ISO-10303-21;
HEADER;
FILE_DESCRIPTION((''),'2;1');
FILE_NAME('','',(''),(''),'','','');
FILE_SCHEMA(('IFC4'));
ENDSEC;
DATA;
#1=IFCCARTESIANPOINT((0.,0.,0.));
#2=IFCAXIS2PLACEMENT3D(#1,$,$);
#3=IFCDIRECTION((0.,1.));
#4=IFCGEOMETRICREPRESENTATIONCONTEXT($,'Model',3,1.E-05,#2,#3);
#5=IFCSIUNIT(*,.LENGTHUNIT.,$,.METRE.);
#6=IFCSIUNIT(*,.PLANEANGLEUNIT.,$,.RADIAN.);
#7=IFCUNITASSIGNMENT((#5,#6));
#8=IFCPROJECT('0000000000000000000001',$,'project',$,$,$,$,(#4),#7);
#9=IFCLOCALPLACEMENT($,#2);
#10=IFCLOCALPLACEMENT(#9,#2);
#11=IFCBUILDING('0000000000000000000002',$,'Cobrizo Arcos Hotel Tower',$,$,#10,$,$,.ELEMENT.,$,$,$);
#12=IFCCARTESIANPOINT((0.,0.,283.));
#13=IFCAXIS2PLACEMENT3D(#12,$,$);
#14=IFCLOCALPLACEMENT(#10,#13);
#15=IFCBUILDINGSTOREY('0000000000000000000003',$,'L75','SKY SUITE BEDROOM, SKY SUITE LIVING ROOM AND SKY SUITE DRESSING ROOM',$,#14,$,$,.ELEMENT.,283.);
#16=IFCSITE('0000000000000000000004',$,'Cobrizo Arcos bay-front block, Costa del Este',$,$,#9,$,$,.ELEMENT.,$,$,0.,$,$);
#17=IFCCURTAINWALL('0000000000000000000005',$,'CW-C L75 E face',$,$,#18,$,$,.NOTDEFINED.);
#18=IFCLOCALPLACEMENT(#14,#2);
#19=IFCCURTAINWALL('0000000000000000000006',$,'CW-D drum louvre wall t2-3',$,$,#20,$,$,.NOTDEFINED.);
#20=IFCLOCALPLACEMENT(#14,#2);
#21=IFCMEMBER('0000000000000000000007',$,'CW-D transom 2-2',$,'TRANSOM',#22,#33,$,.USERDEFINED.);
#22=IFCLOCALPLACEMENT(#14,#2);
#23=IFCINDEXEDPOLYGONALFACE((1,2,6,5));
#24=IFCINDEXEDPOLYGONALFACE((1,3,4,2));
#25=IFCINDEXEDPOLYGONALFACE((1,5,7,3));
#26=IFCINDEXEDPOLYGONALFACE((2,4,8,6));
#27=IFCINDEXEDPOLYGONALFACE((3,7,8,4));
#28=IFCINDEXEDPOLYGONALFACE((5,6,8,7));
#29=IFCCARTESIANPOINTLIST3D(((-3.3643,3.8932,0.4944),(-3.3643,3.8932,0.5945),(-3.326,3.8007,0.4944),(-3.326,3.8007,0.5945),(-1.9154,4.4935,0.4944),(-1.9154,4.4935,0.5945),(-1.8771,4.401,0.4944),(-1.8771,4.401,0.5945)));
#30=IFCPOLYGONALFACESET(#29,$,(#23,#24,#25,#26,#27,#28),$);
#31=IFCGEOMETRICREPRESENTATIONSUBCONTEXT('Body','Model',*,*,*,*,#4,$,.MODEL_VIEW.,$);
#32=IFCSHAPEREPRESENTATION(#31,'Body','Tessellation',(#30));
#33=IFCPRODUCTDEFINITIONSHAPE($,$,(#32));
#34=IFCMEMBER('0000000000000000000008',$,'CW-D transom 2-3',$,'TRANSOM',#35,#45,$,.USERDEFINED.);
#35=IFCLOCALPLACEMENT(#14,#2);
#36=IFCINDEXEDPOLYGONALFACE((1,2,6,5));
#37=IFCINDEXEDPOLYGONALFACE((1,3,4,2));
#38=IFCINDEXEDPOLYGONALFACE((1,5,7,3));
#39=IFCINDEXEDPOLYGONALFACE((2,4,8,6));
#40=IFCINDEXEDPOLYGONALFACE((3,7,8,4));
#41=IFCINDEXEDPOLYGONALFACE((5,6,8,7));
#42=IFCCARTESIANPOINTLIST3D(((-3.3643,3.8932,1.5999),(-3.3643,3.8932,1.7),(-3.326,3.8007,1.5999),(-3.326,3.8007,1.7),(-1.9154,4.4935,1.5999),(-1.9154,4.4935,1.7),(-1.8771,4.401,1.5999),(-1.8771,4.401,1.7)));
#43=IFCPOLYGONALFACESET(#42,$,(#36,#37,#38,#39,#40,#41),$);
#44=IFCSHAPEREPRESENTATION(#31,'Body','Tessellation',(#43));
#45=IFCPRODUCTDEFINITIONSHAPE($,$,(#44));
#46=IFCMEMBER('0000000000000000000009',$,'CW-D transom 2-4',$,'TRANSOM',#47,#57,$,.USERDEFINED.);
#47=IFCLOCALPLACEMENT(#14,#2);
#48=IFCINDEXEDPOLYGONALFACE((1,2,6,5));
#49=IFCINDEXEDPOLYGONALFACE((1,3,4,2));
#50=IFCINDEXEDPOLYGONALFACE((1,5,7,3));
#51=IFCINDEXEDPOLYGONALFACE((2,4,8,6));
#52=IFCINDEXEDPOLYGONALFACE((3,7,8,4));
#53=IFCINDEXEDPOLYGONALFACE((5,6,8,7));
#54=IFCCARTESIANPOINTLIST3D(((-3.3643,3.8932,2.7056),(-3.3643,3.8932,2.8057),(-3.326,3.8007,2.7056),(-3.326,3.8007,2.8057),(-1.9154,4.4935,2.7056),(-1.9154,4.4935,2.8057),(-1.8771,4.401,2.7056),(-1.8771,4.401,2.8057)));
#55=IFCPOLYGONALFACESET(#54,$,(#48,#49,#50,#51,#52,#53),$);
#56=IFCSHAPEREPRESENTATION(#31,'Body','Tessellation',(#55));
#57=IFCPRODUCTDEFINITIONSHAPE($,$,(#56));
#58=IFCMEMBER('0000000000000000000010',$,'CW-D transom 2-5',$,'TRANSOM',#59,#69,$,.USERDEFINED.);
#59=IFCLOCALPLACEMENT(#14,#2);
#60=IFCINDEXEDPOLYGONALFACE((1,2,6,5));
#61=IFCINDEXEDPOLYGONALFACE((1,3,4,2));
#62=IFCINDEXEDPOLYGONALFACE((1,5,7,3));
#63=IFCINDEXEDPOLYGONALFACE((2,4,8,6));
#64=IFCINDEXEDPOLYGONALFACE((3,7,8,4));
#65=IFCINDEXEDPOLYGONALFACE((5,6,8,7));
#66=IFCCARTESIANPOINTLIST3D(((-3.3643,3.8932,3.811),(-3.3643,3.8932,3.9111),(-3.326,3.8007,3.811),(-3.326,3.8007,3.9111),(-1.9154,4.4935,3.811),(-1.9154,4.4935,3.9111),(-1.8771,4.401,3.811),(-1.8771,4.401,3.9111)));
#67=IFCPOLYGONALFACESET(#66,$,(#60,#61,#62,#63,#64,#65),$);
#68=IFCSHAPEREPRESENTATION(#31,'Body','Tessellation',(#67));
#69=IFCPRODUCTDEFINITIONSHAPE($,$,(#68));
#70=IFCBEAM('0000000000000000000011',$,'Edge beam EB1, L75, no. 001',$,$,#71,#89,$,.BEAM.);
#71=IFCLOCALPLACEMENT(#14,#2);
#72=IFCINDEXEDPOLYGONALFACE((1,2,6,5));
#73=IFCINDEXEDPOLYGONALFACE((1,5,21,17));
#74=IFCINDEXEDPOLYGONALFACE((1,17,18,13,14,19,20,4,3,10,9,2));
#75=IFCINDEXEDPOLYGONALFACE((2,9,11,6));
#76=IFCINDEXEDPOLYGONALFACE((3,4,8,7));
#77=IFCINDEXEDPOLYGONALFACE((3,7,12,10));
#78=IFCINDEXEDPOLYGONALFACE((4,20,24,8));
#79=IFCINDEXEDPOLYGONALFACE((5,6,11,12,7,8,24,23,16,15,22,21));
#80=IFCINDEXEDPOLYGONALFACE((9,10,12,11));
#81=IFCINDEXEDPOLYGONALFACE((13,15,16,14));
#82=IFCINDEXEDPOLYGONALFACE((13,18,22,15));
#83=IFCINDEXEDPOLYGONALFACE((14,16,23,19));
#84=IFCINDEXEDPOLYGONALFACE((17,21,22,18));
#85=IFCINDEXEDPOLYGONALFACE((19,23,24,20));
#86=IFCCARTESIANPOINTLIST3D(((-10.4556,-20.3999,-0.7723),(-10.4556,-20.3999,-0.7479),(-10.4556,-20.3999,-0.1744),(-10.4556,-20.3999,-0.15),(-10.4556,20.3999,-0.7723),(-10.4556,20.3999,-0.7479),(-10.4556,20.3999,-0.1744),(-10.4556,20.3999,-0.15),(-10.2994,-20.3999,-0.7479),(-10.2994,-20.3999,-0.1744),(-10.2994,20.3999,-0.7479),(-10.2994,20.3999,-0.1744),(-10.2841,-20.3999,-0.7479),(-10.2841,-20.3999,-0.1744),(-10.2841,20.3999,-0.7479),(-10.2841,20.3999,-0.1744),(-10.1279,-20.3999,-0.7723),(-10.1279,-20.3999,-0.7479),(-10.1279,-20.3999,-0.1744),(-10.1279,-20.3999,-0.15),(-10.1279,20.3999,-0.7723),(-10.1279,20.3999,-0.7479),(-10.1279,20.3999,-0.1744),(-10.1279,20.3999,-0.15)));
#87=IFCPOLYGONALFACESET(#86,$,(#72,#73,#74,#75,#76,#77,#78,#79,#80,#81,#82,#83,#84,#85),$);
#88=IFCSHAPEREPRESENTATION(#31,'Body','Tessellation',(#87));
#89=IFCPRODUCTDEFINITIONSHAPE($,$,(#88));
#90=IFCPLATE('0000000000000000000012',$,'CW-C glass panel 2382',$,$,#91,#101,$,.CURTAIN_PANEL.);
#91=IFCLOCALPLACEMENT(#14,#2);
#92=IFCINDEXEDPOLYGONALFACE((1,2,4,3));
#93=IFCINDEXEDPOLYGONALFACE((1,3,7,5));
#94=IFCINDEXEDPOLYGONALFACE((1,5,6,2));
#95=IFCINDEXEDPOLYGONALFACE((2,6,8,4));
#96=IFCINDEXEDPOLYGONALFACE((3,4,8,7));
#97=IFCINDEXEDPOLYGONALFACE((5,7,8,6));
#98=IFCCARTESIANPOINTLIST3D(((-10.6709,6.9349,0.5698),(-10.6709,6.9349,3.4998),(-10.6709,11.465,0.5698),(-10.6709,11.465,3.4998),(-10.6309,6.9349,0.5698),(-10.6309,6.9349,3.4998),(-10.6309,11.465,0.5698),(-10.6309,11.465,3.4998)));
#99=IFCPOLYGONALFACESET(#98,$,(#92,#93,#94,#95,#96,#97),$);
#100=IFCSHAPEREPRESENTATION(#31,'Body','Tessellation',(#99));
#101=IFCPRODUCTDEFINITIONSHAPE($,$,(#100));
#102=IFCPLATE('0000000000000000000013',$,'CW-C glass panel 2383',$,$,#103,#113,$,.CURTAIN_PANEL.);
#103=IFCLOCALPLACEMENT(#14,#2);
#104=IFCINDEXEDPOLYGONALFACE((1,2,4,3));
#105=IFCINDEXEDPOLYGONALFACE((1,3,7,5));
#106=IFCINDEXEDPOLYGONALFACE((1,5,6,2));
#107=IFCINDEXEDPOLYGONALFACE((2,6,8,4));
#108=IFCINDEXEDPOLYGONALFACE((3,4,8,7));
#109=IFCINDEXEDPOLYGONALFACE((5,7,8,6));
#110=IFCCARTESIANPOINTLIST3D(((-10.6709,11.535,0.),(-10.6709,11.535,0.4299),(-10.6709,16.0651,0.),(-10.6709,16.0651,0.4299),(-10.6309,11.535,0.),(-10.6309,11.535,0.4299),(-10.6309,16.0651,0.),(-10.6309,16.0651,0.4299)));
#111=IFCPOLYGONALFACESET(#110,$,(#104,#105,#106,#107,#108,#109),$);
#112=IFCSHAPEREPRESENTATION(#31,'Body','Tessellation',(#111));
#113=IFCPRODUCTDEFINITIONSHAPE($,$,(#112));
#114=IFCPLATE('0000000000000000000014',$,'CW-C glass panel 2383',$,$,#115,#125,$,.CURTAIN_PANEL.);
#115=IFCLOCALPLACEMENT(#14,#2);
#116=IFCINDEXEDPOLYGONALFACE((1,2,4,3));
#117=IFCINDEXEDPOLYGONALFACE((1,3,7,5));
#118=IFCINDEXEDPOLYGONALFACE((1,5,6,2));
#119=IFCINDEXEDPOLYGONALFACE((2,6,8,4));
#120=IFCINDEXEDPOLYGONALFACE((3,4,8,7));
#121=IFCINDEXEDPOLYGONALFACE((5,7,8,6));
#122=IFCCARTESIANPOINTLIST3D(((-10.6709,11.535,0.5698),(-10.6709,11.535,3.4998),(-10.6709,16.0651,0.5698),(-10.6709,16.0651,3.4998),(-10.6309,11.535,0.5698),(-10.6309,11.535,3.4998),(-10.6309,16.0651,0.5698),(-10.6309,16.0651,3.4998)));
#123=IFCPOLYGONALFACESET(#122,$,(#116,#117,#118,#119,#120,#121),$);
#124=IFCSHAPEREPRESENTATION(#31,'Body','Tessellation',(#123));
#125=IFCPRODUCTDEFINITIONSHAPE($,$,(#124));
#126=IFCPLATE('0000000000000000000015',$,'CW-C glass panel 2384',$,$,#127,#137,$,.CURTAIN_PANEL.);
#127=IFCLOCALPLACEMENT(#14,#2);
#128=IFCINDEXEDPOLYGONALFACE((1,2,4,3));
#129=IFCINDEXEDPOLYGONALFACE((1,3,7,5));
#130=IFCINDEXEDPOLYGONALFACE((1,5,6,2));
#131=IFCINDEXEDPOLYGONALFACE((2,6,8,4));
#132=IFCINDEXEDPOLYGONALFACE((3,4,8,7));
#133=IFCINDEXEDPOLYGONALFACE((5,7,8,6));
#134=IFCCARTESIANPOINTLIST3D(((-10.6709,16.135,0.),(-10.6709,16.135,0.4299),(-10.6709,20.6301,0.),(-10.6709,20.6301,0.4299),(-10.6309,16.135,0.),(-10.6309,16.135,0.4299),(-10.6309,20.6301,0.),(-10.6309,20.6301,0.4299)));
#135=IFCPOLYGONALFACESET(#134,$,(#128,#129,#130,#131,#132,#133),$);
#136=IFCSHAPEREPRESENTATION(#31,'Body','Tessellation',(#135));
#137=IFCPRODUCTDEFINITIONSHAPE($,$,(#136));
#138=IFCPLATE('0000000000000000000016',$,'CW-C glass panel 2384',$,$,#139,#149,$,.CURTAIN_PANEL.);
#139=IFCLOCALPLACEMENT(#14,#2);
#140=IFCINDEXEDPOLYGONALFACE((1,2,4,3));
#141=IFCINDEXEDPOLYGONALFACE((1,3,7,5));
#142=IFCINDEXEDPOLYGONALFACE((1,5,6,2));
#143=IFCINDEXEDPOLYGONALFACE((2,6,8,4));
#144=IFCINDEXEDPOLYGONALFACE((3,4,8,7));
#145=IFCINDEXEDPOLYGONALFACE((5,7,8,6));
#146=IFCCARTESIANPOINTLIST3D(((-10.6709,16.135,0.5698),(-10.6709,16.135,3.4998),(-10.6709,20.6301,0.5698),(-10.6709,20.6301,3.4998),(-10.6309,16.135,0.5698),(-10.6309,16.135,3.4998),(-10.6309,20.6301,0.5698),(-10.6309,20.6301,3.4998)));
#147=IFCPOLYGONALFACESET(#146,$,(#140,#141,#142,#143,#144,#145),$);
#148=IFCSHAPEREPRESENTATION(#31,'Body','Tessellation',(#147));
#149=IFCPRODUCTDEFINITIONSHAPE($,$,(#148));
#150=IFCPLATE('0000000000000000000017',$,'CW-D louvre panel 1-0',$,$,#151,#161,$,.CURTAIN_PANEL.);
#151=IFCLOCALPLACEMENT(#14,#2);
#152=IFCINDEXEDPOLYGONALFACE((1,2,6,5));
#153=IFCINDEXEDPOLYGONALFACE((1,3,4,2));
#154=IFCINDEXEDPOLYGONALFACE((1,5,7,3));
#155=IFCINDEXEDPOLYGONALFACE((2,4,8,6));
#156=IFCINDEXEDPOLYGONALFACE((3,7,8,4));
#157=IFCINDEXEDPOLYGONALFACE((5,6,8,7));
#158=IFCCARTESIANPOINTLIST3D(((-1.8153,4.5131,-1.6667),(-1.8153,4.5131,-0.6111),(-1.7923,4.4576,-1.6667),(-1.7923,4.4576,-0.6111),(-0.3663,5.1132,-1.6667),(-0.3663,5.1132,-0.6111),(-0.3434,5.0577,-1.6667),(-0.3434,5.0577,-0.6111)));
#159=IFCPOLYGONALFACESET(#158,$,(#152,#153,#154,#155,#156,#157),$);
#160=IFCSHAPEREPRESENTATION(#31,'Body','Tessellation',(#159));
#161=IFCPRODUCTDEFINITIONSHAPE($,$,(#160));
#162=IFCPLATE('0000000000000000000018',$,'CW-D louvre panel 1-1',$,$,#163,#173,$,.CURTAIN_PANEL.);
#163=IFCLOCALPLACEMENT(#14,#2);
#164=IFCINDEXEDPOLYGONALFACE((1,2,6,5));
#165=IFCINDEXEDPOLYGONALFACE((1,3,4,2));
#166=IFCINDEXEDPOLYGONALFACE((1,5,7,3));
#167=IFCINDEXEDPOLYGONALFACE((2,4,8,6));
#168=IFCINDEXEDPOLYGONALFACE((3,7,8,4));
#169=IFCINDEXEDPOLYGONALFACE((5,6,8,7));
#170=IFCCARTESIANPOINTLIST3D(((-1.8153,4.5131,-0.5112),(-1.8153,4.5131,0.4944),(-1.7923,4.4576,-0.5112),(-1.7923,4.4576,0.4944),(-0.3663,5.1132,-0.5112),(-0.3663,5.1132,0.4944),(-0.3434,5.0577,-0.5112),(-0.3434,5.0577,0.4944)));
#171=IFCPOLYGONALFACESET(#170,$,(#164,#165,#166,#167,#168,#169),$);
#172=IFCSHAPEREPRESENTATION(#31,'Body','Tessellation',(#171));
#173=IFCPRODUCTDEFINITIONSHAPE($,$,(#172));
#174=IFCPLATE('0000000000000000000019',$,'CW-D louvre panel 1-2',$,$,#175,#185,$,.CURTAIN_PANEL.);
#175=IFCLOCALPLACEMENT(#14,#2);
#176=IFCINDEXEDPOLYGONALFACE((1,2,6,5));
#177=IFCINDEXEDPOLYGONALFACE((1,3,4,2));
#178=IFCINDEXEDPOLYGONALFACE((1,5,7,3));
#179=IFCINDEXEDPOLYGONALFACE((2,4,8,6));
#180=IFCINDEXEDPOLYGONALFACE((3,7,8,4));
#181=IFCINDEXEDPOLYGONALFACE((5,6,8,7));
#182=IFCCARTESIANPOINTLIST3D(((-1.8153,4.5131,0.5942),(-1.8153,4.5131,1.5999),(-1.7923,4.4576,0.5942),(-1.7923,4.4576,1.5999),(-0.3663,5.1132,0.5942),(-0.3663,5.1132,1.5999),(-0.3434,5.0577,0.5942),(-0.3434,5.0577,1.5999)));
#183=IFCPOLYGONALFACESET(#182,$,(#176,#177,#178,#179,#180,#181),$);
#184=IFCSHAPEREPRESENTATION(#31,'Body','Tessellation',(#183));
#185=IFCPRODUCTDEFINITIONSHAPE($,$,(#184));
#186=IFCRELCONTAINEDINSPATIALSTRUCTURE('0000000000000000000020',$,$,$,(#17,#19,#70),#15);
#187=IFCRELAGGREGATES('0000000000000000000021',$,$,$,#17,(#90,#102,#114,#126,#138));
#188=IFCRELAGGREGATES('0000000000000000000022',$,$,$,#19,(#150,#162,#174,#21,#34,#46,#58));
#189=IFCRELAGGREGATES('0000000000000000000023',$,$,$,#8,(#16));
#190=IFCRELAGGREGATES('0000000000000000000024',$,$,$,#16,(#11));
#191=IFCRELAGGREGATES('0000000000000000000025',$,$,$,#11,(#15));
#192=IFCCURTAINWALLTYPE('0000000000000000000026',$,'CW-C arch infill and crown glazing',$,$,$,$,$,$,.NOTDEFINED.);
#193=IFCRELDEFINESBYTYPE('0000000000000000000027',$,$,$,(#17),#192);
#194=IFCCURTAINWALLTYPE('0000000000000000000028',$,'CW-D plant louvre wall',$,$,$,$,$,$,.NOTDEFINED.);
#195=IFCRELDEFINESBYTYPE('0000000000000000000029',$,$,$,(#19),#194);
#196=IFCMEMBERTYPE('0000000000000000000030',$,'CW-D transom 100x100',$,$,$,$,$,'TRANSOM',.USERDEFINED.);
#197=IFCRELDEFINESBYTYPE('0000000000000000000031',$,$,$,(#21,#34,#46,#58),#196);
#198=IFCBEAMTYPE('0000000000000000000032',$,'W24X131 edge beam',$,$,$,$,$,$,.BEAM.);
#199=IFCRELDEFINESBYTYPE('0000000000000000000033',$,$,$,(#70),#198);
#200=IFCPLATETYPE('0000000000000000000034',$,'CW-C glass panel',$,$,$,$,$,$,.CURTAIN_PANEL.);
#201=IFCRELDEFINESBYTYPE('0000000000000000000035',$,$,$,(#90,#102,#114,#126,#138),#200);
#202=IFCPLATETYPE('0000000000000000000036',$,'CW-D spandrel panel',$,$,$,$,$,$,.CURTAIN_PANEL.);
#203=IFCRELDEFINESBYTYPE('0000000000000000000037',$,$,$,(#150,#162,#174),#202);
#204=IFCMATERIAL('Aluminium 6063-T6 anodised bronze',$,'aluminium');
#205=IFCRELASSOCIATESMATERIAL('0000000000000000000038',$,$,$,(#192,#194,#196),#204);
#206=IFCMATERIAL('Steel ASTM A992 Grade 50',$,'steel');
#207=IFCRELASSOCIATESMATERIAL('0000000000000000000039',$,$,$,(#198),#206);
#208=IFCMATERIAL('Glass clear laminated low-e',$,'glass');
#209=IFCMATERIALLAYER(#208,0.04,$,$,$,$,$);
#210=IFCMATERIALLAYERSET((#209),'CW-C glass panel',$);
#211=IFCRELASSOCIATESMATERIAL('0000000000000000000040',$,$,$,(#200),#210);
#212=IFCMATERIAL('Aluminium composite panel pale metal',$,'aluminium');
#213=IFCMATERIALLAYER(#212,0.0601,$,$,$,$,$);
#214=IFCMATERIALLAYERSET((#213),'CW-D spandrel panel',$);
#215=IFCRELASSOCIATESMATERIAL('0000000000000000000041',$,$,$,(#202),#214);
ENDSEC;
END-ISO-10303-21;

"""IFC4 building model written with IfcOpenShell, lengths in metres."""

from ifc_helpers import new_model, si_unit, direction, frame, origin, origin_2d, place, context, subcontext, project, spatial, rectangle, i_section, extrude, material, layer, layer_set, material_profile, profile_set, type_object, element, aggregate, save


model = new_model("IFC4")

# Units and contexts
model_context = context("Model", 3, precision=1e-05, world=origin(), true_north=direction((0.0, 1.0)))
body_context = subcontext(model_context, "Body", "Model", "MODEL_VIEW")
ifc_project = project(units=[si_unit("LENGTHUNIT", "METRE"), si_unit("PLANEANGLEUNIT", "RADIAN")], contexts=[model_context])

# Site, building, storey
site_placement = place(None, origin())
site = spatial("IfcSite", under=ifc_project, at=site_placement, Name="Cobrizo Arcos bay-front block, Costa del Este", CompositionType="ELEMENT", RefElevation=0.0)
building_placement = place(site_placement, origin())
building = spatial("IfcBuilding", under=site, at=building_placement, Name="Cobrizo Arcos Hotel Tower", CompositionType="ELEMENT")
storey_placement = place(building_placement, frame((0.0, 0.0, 283.0)))
storey = spatial("IfcBuildingStorey", under=building, at=storey_placement, Name="L75", Description="SKY SUITE BEDROOM, SKY SUITE LIVING ROOM AND SKY SUITE DRESSING ROOM", CompositionType="ELEMENT", Elevation=283.0)

# Shared definitions
ifc_material_1 = material(Name="Aluminium 6063-T6 anodised bronze", Category="aluminium")

# Curtain walls, members
curtain_wall_type_1 = type_object("IfcCurtainWallType", Name="CW-C arch infill and crown glazing", PredefinedType="NOTDEFINED", material=ifc_material_1)
curtain_wall_1_placement = place(storey_placement, origin())
curtain_wall_1 = element("IfcCurtainWall", 1, at=curtain_wall_1_placement, inside=storey, type_object=curtain_wall_type_1, Name="CW-C L75 E face", PredefinedType="NOTDEFINED")
curtain_wall_type_2 = type_object("IfcCurtainWallType", Name="CW-D plant louvre wall", PredefinedType="NOTDEFINED", material=ifc_material_1)
curtain_wall_2_placement = place(storey_placement, origin())
curtain_wall_2 = element("IfcCurtainWall", 2, at=curtain_wall_2_placement, inside=storey, type_object=curtain_wall_type_2, Name="CW-D drum louvre wall t2-3", PredefinedType="NOTDEFINED")
ifc_material_profile_1 = material_profile(ifc_material_1, rectangle(XDim=0.1001, YDim=0.1001, at=origin_2d()), Name="CW-D transom 100x100")
ifc_profile_set_1 = profile_set([ifc_material_profile_1], Name="Aluminium 6063-T6 anodised bronze")
member_type_1 = type_object("IfcMemberType", Name="CW-D transom 100x100", ElementType="TRANSOM", PredefinedType="USERDEFINED", material=ifc_profile_set_1)
member_1_placement = place(storey_placement, frame((-1.8962, 4.4473, 0.5444), z_axis=(-0.923844, -0.382769, 0.0), x_axis=(0.382769, -0.923844, 0.0)))
member_1 = element("IfcMember", 3, at=member_1_placement, type_object=member_type_1, Name="CW-D transom 2-2", ObjectType="TRANSOM", PredefinedType="USERDEFINED", context=body_context, shape_type="SweptSolid", body=[
    extrude(rectangle(XDim=0.1001, YDim=0.1001, at=origin_2d()), origin(), (0.0, 0.0, 1.0), 1.5684),
])
member_2_placement = place(storey_placement, frame((-1.8962, 4.4473, 1.6499), z_axis=(-0.923844, -0.382769, 0.0), x_axis=(0.382769, -0.923844, 0.0)))
member_2 = element("IfcMember", 4, at=member_2_placement, type_object=member_type_1, Name="CW-D transom 2-3", ObjectType="TRANSOM", PredefinedType="USERDEFINED", context=body_context, shape_type="SweptSolid", body=[
    extrude(rectangle(XDim=0.1001, YDim=0.1001, at=origin_2d()), origin(), (0.0, 0.0, 1.0), 1.5684),
])
member_3_placement = place(storey_placement, frame((-1.8962, 4.4473, 2.7556), z_axis=(-0.923844, -0.382769, 0.0), x_axis=(0.382769, -0.923844, 0.0)))
member_3 = element("IfcMember", 5, at=member_3_placement, type_object=member_type_1, Name="CW-D transom 2-4", ObjectType="TRANSOM", PredefinedType="USERDEFINED", context=body_context, shape_type="SweptSolid", body=[
    extrude(rectangle(XDim=0.1001, YDim=0.1001, at=origin_2d()), origin(), (0.0, 0.0, 1.0), 1.5684),
])
member_4_placement = place(storey_placement, frame((-1.8962, 4.4473, 3.8611), z_axis=(-0.923844, -0.382769, 0.0), x_axis=(0.382769, -0.923844, 0.0)))
member_4 = element("IfcMember", 6, at=member_4_placement, type_object=member_type_1, Name="CW-D transom 2-5", ObjectType="TRANSOM", PredefinedType="USERDEFINED", context=body_context, shape_type="SweptSolid", body=[
    extrude(rectangle(XDim=0.1001, YDim=0.1001, at=origin_2d()), origin(), (0.0, 0.0, 1.0), 1.5684),
])

# Beam
ifc_material_2 = material(Name="Steel ASTM A992 Grade 50", Category="steel")
ifc_material_profile_2 = material_profile(ifc_material_2, i_section(OverallWidth=0.3276, OverallDepth=0.6223, WebThickness=0.0154, FlangeThickness=0.0244, at=origin_2d()), Name="W24X131")
ifc_profile_set_2 = profile_set([ifc_material_profile_2], Name="Steel ASTM A992 Grade 50")
beam_type = type_object("IfcBeamType", Name="W24X131 edge beam", PredefinedType="BEAM", material=ifc_profile_set_2)
beam_placement = place(storey_placement, frame((-10.2917, 20.3999, -0.4612), z_axis=(0.0, -1.0, 0.0), x_axis=(1.0, 0.0, 0.0)))
element("IfcBeam", 7, at=beam_placement, inside=storey, type_object=beam_type, Name="Edge beam EB1, L75, no. 001", PredefinedType="BEAM", context=body_context, shape_type="SweptSolid", body=[
    extrude(i_section(OverallWidth=0.3276, OverallDepth=0.6223, WebThickness=0.0154, FlangeThickness=0.0244, at=origin_2d()), origin(), (0.0, 0.0, 1.0), 40.7998),
])

# Plates
ifc_material_3 = material(Name="Glass clear laminated low-e", Category="glass")
ifc_layer_1 = layer(ifc_material_3, 0.04)
ifc_layer_set_1 = layer_set([ifc_layer_1], Name="CW-C glass panel")
plate_type_1 = type_object("IfcPlateType", Name="CW-C glass panel", PredefinedType="CURTAIN_PANEL", material=ifc_layer_set_1)
plate_1_placement = place(storey_placement, frame((-10.6509, 9.2, 0.5698), z_axis=(0.0, 0.0, 1.0), x_axis=(0.0, 1.0, 0.0)))
plate_1 = element("IfcPlate", 8, at=plate_1_placement, type_object=plate_type_1, Name="CW-C glass panel 2382", PredefinedType="CURTAIN_PANEL", context=body_context, shape_type="SweptSolid", body=[
    extrude(rectangle(XDim=4.53, YDim=0.04, at=origin_2d()), origin(), (0.0, 0.0, 1.0), 2.9299),
])
plate_2_placement = place(storey_placement, frame((-10.6509, 13.8, 0.0), z_axis=(0.0, 0.0, 1.0), x_axis=(0.0, 1.0, 0.0)))
plate_2 = element("IfcPlate", 9, at=plate_2_placement, type_object=plate_type_1, Name="CW-C glass panel 2383", PredefinedType="CURTAIN_PANEL", context=body_context, shape_type="SweptSolid", body=[
    extrude(rectangle(XDim=4.53, YDim=0.04, at=origin_2d()), origin(), (0.0, 0.0, 1.0), 0.4299),
])
plate_3_placement = place(storey_placement, frame((-10.6509, 13.8, 0.5698), z_axis=(0.0, 0.0, 1.0), x_axis=(0.0, 1.0, 0.0)))
plate_3 = element("IfcPlate", 10, at=plate_3_placement, type_object=plate_type_1, Name="CW-C glass panel 2383", PredefinedType="CURTAIN_PANEL", context=body_context, shape_type="SweptSolid", body=[
    extrude(rectangle(XDim=4.53, YDim=0.04, at=origin_2d()), origin(), (0.0, 0.0, 1.0), 2.9299),
])
plate_4_placement = place(storey_placement, frame((-10.6509, 18.3826, 0.0), z_axis=(0.0, 0.0, 1.0), x_axis=(0.0, 1.0, 0.0)))
plate_4 = element("IfcPlate", 11, at=plate_4_placement, type_object=plate_type_1, Name="CW-C glass panel 2384", PredefinedType="CURTAIN_PANEL", context=body_context, shape_type="SweptSolid", body=[
    extrude(rectangle(XDim=4.4951, YDim=0.04, at=origin_2d()), origin(), (0.0, 0.0, 1.0), 0.4299),
])
plate_5_placement = place(storey_placement, frame((-10.6509, 18.3826, 0.5698), z_axis=(0.0, 0.0, 1.0), x_axis=(0.0, 1.0, 0.0)))
plate_5 = element("IfcPlate", 12, at=plate_5_placement, type_object=plate_type_1, Name="CW-C glass panel 2384", PredefinedType="CURTAIN_PANEL", context=body_context, shape_type="SweptSolid", body=[
    extrude(rectangle(XDim=4.4951, YDim=0.04, at=origin_2d()), origin(), (0.0, 0.0, 1.0), 2.9299),
])
aggregate(curtain_wall_1, [plate_1, plate_2, plate_3, plate_4, plate_5])
ifc_material_4 = material(Name="Aluminium composite panel pale metal", Category="aluminium")
ifc_layer_2 = layer(ifc_material_4, 0.0601)
ifc_layer_set_2 = layer_set([ifc_layer_2], Name="CW-D spandrel panel")
plate_type_2 = type_object("IfcPlateType", Name="CW-D spandrel panel", PredefinedType="CURTAIN_PANEL", material=ifc_layer_set_2)
plate_6_placement = place(storey_placement, frame((-1.0793, 4.7854, -1.6667), z_axis=(0.0, 0.0, 1.0), x_axis=(-0.92388, -0.382683, 0.0)))
plate_6 = element("IfcPlate", 13, at=plate_6_placement, type_object=plate_type_2, Name="CW-D louvre panel 1-0", PredefinedType="CURTAIN_PANEL", context=body_context, shape_type="SweptSolid", body=[
    extrude(rectangle(XDim=1.5684, YDim=0.0601, at=origin_2d()), origin(), (0.0, 0.0, 1.0), 1.0557),
])
plate_7_placement = place(storey_placement, frame((-1.0793, 4.7854, -0.5112), z_axis=(0.0, 0.0, 1.0), x_axis=(-0.92388, -0.382683, 0.0)))
plate_7 = element("IfcPlate", 14, at=plate_7_placement, type_object=plate_type_2, Name="CW-D louvre panel 1-1", PredefinedType="CURTAIN_PANEL", context=body_context, shape_type="SweptSolid", body=[
    extrude(rectangle(XDim=1.5684, YDim=0.0601, at=origin_2d()), origin(), (0.0, 0.0, 1.0), 1.0056),
])
plate_8_placement = place(storey_placement, frame((-1.0793, 4.7854, 0.5942), z_axis=(0.0, 0.0, 1.0), x_axis=(-0.92388, -0.382683, 0.0)))
plate_8 = element("IfcPlate", 15, at=plate_8_placement, type_object=plate_type_2, Name="CW-D louvre panel 1-2", PredefinedType="CURTAIN_PANEL", context=body_context, shape_type="SweptSolid", body=[
    extrude(rectangle(XDim=1.5684, YDim=0.0601, at=origin_2d()), origin(), (0.0, 0.0, 1.0), 1.0056),
])
aggregate(curtain_wall_2, [plate_6, plate_7, plate_8, member_1, member_2, member_3, member_4])

save(model, "model.ifc")
